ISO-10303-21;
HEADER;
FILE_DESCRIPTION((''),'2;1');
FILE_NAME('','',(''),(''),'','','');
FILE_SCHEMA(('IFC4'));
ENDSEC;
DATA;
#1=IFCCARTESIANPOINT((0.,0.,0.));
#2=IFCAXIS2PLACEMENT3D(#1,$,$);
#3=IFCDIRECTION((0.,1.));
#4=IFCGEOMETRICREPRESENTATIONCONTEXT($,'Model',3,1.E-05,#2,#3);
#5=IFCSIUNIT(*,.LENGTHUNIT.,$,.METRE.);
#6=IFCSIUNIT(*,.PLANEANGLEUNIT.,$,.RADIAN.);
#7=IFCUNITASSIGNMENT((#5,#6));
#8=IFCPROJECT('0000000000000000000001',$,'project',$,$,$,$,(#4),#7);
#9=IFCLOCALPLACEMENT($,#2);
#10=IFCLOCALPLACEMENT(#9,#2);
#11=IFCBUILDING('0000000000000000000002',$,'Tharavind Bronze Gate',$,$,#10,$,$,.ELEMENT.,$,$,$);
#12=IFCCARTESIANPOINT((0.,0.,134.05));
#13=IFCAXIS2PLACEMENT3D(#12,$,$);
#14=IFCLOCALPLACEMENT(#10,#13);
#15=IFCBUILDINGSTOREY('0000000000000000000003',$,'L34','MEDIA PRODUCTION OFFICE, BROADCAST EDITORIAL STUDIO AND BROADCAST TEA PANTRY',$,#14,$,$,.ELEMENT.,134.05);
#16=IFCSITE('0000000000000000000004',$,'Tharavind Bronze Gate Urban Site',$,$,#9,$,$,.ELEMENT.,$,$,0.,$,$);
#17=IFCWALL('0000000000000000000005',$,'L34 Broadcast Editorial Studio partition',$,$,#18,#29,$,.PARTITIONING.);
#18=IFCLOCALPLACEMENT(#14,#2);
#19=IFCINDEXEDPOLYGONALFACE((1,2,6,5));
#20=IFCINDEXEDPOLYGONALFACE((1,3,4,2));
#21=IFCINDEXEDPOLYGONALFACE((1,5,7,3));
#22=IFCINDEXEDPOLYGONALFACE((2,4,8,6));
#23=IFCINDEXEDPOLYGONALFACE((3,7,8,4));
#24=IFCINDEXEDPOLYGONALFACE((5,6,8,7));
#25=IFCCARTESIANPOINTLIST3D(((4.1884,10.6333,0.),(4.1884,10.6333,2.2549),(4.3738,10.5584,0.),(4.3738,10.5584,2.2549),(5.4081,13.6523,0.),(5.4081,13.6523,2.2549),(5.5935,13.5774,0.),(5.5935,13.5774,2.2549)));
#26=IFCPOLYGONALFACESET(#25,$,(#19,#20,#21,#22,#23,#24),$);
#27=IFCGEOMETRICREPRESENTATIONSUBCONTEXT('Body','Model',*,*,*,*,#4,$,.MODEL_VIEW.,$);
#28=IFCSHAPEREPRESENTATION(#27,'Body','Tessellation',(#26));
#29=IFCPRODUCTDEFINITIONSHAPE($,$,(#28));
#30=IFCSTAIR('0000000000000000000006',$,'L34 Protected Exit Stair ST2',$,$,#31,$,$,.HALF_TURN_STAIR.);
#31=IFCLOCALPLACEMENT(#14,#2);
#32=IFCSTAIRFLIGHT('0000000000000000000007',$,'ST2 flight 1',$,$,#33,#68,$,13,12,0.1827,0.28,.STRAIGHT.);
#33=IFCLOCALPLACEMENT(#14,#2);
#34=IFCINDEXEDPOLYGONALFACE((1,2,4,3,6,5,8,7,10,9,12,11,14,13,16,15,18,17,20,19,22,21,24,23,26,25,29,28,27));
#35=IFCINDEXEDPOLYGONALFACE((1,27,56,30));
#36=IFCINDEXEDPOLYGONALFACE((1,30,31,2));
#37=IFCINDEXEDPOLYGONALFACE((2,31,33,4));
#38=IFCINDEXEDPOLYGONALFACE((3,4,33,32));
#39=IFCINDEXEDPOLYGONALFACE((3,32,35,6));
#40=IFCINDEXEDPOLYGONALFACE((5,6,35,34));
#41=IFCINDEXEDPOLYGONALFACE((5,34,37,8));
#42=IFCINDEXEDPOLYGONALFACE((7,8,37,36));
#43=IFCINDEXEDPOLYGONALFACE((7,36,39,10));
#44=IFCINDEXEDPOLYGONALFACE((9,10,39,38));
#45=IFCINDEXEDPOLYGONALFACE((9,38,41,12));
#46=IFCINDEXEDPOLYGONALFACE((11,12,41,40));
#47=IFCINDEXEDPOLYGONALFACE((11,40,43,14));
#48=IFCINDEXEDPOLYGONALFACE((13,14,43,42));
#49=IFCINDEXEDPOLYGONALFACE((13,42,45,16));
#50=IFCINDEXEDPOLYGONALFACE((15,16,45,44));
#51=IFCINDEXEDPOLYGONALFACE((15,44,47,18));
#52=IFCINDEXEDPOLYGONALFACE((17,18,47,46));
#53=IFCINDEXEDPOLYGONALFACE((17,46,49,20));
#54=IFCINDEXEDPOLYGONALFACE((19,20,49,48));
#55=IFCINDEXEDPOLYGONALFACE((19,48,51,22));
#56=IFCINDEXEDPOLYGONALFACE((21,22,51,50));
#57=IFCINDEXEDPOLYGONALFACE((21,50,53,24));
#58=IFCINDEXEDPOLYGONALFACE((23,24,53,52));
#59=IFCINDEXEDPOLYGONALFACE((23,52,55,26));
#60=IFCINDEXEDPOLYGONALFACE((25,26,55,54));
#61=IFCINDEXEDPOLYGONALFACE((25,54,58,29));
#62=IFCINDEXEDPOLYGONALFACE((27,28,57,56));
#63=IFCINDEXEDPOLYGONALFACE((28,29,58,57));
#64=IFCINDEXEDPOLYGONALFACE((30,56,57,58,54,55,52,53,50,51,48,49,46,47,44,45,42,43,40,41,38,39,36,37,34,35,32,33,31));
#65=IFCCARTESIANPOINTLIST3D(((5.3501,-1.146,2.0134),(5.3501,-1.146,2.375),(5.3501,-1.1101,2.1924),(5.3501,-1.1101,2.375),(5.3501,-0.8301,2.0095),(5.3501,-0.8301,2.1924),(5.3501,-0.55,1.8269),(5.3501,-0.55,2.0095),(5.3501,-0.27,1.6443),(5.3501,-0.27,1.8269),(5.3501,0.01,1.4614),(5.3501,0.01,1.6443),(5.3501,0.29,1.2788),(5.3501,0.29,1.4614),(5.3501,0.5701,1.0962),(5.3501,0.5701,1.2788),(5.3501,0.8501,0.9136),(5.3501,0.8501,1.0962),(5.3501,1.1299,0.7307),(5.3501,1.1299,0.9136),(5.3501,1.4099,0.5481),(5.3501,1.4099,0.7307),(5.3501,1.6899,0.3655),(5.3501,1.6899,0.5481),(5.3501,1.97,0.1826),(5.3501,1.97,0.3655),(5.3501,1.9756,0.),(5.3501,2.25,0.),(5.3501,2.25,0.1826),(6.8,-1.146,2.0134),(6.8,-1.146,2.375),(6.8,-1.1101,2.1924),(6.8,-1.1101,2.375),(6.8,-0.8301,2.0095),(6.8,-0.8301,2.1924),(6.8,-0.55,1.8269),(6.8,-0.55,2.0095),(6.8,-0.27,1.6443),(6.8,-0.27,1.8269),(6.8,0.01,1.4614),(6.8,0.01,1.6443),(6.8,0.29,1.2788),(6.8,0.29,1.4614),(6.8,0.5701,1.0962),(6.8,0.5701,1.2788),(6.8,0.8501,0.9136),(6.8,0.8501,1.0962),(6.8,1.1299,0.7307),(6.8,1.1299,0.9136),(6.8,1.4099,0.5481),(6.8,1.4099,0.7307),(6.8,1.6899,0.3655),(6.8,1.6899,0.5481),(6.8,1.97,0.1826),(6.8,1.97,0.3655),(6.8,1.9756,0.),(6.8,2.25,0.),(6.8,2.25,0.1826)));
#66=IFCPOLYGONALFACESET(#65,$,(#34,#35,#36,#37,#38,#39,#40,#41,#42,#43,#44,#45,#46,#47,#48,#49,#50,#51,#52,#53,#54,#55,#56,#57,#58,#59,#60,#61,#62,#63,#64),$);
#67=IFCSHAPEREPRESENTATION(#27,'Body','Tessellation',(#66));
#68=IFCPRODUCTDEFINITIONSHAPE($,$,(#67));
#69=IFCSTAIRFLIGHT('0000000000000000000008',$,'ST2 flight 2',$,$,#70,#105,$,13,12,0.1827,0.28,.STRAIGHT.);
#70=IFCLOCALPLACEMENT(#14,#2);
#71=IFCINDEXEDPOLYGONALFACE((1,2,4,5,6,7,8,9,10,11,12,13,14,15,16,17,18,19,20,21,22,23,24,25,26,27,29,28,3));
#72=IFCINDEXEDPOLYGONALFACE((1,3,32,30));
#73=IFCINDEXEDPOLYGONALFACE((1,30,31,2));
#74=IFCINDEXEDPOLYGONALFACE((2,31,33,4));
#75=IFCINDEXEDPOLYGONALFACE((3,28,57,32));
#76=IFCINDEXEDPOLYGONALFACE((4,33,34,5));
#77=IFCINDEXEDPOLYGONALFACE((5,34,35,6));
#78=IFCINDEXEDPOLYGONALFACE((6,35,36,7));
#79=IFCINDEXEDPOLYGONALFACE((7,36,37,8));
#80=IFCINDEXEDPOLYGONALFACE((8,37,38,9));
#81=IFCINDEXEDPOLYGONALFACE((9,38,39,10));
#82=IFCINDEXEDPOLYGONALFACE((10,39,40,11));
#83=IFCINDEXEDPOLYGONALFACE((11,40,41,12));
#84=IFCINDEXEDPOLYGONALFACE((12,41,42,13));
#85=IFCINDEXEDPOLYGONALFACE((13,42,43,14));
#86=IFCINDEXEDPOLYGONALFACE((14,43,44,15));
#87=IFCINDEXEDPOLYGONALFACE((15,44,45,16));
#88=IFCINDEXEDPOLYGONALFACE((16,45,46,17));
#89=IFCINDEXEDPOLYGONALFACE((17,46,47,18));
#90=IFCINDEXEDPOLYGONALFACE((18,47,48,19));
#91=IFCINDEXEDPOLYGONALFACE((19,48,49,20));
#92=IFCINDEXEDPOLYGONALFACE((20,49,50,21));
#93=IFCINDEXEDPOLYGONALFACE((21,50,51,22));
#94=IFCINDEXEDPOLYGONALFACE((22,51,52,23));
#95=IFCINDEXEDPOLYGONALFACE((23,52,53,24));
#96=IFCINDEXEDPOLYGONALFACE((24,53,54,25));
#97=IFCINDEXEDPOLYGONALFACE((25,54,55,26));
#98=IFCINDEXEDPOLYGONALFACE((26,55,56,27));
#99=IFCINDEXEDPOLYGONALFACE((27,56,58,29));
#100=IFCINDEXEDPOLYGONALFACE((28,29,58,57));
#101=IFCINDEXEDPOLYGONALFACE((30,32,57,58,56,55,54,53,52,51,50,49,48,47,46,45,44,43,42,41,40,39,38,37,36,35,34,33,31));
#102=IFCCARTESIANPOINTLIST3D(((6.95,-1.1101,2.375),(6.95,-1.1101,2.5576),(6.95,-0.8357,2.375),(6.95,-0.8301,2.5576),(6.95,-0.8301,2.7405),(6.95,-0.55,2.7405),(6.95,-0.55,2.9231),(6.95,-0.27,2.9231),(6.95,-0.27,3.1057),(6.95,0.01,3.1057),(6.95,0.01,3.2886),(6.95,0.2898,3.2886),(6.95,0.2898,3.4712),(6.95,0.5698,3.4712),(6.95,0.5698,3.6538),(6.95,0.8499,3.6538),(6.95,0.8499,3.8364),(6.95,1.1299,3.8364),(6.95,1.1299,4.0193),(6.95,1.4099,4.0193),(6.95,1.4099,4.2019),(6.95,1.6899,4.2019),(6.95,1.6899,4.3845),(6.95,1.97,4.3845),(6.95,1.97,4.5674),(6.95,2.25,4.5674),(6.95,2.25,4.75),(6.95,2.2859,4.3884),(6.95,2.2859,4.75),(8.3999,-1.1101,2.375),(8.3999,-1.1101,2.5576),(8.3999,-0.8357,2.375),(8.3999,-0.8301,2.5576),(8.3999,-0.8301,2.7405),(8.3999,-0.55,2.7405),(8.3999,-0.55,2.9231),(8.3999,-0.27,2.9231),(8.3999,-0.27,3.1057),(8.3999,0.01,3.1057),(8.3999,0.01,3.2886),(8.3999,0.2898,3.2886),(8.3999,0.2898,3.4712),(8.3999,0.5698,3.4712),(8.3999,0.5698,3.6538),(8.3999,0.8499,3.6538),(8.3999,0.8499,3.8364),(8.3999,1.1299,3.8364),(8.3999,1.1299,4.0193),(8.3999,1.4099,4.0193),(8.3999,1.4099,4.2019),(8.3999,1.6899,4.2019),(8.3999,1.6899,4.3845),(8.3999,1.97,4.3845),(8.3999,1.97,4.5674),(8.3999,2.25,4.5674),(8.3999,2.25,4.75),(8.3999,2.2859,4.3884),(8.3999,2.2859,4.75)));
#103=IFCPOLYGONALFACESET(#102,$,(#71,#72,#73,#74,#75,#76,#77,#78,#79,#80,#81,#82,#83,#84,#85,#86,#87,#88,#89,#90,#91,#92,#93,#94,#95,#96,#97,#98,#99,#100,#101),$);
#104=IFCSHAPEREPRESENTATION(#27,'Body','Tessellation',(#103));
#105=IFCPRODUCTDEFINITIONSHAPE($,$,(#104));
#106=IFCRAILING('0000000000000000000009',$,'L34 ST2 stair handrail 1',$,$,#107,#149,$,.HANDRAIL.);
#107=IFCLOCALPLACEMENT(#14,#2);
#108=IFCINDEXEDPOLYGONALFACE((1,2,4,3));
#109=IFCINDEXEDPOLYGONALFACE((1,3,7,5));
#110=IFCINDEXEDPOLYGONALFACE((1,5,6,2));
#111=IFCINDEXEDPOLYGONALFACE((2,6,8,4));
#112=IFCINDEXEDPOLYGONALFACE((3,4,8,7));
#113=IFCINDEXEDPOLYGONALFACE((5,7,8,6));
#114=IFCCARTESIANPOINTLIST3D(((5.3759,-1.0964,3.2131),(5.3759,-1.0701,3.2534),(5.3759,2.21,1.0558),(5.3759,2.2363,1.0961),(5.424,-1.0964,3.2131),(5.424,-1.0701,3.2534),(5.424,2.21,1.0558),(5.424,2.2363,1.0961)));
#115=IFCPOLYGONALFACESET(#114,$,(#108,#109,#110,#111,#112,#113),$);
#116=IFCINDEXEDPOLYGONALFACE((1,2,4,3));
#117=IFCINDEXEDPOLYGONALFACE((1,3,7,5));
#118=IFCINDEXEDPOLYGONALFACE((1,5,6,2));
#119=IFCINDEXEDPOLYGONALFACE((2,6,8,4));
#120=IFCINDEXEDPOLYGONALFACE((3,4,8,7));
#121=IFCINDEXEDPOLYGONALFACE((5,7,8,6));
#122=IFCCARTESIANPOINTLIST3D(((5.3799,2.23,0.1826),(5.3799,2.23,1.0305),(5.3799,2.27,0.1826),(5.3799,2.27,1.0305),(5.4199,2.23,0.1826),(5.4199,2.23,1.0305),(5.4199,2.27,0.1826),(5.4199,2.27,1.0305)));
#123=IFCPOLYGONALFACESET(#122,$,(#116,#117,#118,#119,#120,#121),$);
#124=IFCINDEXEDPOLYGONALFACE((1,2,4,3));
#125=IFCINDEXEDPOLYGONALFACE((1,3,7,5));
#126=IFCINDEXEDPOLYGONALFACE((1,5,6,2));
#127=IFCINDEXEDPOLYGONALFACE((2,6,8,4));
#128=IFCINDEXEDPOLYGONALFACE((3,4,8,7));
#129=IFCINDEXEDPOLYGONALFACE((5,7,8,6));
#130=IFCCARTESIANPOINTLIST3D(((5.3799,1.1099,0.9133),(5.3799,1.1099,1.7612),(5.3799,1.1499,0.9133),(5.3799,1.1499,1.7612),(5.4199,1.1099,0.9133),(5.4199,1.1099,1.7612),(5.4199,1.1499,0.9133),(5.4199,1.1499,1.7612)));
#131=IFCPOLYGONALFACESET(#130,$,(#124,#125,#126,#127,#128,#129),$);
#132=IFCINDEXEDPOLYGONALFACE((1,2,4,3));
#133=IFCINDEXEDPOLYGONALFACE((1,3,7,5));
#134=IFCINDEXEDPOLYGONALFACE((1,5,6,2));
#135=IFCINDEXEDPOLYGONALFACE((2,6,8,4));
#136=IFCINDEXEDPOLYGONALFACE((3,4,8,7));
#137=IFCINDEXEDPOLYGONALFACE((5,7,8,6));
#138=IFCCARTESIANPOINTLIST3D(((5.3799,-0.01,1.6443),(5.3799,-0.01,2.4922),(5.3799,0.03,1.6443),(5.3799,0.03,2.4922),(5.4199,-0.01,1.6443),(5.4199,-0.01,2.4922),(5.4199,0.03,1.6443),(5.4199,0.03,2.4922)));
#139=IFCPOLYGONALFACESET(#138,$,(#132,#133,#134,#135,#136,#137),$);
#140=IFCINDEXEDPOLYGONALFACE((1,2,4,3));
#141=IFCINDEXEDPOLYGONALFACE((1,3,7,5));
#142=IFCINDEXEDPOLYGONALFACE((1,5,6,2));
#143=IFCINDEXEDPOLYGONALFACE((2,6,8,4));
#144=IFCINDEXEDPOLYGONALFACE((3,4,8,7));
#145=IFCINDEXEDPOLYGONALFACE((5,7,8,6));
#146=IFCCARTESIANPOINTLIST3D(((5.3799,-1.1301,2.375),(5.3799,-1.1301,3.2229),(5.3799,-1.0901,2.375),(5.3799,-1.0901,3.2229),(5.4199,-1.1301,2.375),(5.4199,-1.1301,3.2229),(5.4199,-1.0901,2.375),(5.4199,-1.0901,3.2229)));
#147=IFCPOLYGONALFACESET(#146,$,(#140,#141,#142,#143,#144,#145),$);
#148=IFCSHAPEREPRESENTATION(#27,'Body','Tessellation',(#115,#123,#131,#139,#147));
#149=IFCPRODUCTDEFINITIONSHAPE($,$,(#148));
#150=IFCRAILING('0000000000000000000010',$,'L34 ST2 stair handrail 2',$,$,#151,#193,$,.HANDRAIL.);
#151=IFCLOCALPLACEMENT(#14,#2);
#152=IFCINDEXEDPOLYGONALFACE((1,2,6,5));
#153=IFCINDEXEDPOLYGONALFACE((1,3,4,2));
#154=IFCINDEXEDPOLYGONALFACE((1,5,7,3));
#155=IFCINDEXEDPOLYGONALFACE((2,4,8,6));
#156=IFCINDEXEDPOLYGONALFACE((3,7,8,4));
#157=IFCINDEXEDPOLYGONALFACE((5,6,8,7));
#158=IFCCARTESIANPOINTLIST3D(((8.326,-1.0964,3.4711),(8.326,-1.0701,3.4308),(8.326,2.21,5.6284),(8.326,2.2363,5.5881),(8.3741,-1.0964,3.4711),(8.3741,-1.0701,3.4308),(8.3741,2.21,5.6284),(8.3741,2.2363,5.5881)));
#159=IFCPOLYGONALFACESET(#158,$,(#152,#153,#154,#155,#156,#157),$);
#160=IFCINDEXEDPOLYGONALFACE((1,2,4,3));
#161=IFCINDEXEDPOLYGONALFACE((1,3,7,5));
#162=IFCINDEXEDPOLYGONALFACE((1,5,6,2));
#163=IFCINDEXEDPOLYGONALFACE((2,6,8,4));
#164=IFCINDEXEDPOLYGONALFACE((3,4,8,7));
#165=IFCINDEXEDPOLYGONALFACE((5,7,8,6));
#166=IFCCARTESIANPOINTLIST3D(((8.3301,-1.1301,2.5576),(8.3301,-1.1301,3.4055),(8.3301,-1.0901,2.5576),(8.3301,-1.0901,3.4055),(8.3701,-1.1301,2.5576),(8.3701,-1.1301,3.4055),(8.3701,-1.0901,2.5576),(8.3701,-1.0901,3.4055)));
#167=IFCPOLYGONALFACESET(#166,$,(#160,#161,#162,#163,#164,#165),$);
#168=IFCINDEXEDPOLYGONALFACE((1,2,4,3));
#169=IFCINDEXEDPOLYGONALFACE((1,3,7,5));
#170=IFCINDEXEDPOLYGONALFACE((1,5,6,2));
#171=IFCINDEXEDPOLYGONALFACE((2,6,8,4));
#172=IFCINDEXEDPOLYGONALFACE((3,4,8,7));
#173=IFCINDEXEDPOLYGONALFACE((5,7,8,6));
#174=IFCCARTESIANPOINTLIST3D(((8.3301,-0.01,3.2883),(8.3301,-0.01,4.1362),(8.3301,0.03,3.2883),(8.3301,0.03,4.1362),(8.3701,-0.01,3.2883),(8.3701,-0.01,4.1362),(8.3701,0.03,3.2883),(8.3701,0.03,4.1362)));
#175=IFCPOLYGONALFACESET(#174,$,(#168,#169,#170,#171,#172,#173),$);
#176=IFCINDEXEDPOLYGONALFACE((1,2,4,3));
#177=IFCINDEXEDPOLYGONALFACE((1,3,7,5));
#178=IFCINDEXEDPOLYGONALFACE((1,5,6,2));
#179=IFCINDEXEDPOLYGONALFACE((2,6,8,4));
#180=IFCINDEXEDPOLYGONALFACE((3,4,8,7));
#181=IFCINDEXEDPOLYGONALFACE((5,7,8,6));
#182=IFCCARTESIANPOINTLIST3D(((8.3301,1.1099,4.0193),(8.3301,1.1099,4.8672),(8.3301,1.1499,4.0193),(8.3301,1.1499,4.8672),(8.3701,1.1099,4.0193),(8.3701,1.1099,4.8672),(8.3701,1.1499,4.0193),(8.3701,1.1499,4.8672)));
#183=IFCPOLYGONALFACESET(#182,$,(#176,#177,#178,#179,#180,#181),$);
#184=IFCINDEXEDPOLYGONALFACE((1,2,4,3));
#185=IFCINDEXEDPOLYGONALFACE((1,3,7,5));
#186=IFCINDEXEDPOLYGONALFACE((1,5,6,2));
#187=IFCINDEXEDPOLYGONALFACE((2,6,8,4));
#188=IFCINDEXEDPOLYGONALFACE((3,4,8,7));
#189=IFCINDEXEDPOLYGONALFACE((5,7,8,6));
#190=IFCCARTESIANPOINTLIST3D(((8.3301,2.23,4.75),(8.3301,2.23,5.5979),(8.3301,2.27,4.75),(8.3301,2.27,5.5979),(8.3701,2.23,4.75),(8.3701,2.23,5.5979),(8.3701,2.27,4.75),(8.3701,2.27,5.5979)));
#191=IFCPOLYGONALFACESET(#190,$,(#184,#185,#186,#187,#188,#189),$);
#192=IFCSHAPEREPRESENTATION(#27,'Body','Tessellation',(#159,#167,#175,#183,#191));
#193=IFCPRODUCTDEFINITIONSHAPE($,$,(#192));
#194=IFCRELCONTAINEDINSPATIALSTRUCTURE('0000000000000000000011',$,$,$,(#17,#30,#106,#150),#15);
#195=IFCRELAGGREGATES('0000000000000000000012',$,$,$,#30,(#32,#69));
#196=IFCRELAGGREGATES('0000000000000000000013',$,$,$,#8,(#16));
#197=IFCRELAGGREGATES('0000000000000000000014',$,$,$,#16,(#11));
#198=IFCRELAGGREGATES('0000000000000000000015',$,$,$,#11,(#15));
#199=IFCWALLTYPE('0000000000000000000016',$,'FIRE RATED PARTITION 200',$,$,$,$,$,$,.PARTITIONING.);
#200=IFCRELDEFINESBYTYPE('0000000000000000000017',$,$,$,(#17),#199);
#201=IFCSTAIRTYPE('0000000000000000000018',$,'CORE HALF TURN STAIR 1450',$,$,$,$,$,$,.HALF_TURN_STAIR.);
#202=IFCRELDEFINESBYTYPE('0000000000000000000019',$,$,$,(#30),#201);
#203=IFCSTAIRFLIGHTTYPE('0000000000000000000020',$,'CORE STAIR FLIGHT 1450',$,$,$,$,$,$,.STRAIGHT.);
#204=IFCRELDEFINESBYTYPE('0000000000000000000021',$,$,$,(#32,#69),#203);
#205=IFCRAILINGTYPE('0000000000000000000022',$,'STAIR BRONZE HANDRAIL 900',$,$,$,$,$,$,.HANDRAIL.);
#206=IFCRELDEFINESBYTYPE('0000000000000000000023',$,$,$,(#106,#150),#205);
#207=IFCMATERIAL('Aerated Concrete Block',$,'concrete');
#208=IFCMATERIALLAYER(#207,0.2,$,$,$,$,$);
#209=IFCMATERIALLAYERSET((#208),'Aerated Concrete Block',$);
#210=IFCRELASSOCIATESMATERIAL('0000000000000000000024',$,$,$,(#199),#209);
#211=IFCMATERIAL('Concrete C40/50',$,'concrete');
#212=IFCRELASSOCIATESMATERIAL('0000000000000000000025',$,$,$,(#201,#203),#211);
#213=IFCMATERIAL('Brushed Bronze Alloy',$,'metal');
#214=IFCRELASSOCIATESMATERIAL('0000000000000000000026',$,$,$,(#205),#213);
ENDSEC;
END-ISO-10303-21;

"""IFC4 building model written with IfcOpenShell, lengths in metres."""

from ifc_helpers import new_model, si_unit, direction, frame, frame_2d, origin, origin_2d, place, context, subcontext, project, spatial, polyline, rectangle, outline, extrude, material, layer, layer_set, type_object, element, aggregate, save


model = new_model("IFC4")

# Units and contexts
model_context = context("Model", 3, precision=1e-05, world=origin(), true_north=direction((0.0, 1.0)))
body_context = subcontext(model_context, "Body", "Model", "MODEL_VIEW")
ifc_project = project(units=[si_unit("LENGTHUNIT", "METRE"), si_unit("PLANEANGLEUNIT", "RADIAN")], contexts=[model_context])

# Site, building, storey
site_placement = place(None, origin())
site = spatial("IfcSite", under=ifc_project, at=site_placement, Name="Tharavind Bronze Gate Urban Site", CompositionType="ELEMENT", RefElevation=0.0)
building_placement = place(site_placement, origin())
building = spatial("IfcBuilding", under=site, at=building_placement, Name="Tharavind Bronze Gate", CompositionType="ELEMENT")
storey_placement = place(building_placement, frame((0.0, 0.0, 134.05)))
storey = spatial("IfcBuildingStorey", under=building, at=storey_placement, Name="L34", Description="MEDIA PRODUCTION OFFICE, BROADCAST EDITORIAL STUDIO AND BROADCAST TEA PANTRY", CompositionType="ELEMENT", Elevation=134.05)

# Shared definitions
ifc_material_1 = material(Name="Aerated Concrete Block", Category="concrete")
ifc_layer_1 = layer(ifc_material_1, 0.2)
ifc_layer_set_1 = layer_set([ifc_layer_1], Name="Aerated Concrete Block")
wall_type_1 = type_object("IfcWallType", Name="FIRE RATED PARTITION 200", PredefinedType="PARTITIONING", material=ifc_layer_set_1)

# Wall
wall_1_placement = place(storey_placement, frame((5.5007, 13.6147, 0.0), z_axis=(0.0, 0.0, 1.0), x_axis=(-0.374594, -0.927189, 0.0)))
element("IfcWall", 1, at=wall_1_placement, inside=storey, type_object=wall_type_1, Name="L34 Broadcast Editorial Studio partition", PredefinedType="PARTITIONING", context=body_context, shape_type="SweptSolid", body=[
    extrude(rectangle(XDim=3.2561, YDim=0.2, at=frame_2d((1.6279, 0.0))), origin(), (0.0, 0.0, 1.0), 2.2549),
])

# Stair, stair flights
ifc_material_2 = material(Name="Concrete C40/50", Category="concrete")
stair_type = type_object("IfcStairType", Name="CORE HALF TURN STAIR 1450", PredefinedType="HALF_TURN_STAIR", material=ifc_material_2)
stair_placement = place(storey_placement, origin())
stair = element("IfcStair", 2, at=stair_placement, inside=storey, type_object=stair_type, Name="L34 Protected Exit Stair ST2", PredefinedType="HALF_TURN_STAIR")
stair_flight_type = type_object("IfcStairFlightType", Name="CORE STAIR FLIGHT 1450", PredefinedType="STRAIGHT", material=ifc_material_2)
stair_flight_1_placement = place(storey_placement, frame((6.075, 2.25, 0.0), z_axis=(0.0, 0.0, 1.0), x_axis=(0.0, -1.0, 0.0)))
stair_flight_1 = element("IfcStairFlight", 3, at=stair_flight_1_placement, type_object=stair_flight_type, Name="ST2 flight 1", NumberOfRisers=13, NumberOfTreads=12, PredefinedType="STRAIGHT", RiserHeight=0.1827, TreadLength=0.28, context=body_context, shape_type="SweptSolid", body=[
    extrude(outline(polyline([(0.0, 0.0), (0.0, 0.1826), (0.28, 0.1826), (0.28, 0.3655), (0.5601, 0.3655), (0.5601, 0.5481), (0.8401, 0.5481), (0.8401, 0.7307), (1.1201, 0.7307), (1.1201, 0.9136), (1.3999, 0.9136), (1.3999, 1.0962), (1.6799, 1.0962), (1.6799, 1.2788), (1.96, 1.2788), (1.96, 1.4614), (2.24, 1.4614), (2.24, 1.6443), (2.52, 1.6443), (2.52, 1.8269), (2.8, 1.8269), (2.8, 2.0095), (3.0801, 2.0095), (3.0801, 2.1924), (3.3601, 2.1924), (3.3601, 2.375), (3.396, 2.375), (3.396, 2.0134), (0.2744, 0.0), (0.0, 0.0)])), frame((0.0, 0.7251, 0.0), z_axis=(0.0, -1.0, 0.0), x_axis=(1.0, 0.0, 0.0)), (0.0, 0.0, 1.0), 1.45),
])
stair_flight_2_placement = place(storey_placement, frame((7.675, -1.1101, 2.375), z_axis=(0.0, 0.0, 1.0), x_axis=(0.0, 1.0, 0.0)))
stair_flight_2 = element("IfcStairFlight", 4, at=stair_flight_2_placement, type_object=stair_flight_type, Name="ST2 flight 2", NumberOfRisers=13, NumberOfTreads=12, PredefinedType="STRAIGHT", RiserHeight=0.1827, TreadLength=0.28, context=body_context, shape_type="SweptSolid", body=[
    extrude(outline(polyline([(0.0, 0.0), (0.0, 0.1826), (0.28, 0.1826), (0.28, 0.3655), (0.5601, 0.3655), (0.5601, 0.5481), (0.8401, 0.5481), (0.8401, 0.7307), (1.1201, 0.7307), (1.1201, 0.9136), (1.3999, 0.9136), (1.3999, 1.0962), (1.6799, 1.0962), (1.6799, 1.2788), (1.96, 1.2788), (1.96, 1.4614), (2.24, 1.4614), (2.24, 1.6443), (2.52, 1.6443), (2.52, 1.8269), (2.8, 1.8269), (2.8, 2.0095), (3.0801, 2.0095), (3.0801, 2.1924), (3.3601, 2.1924), (3.3601, 2.375), (3.396, 2.375), (3.396, 2.0134), (0.2744, 0.0), (0.0, 0.0)])), frame((0.0, 0.7251, 0.0), z_axis=(0.0, -1.0, 0.0), x_axis=(1.0, 0.0, 0.0)), (0.0, 0.0, 1.0), 1.45),
])
aggregate(stair, [stair_flight_1, stair_flight_2])

# Railings
ifc_material_3 = material(Name="Brushed Bronze Alloy", Category="metal")
railing_type_1 = type_object("IfcRailingType", Name="STAIR BRONZE HANDRAIL 900", PredefinedType="HANDRAIL", material=ifc_material_3)
railing_1_placement = place(storey_placement, frame((5.3999, 2.25, 0.1826)))
element("IfcRailing", 5, at=railing_1_placement, inside=storey, type_object=railing_type_1, Name="L34 ST2 stair handrail 1", PredefinedType="HANDRAIL", context=body_context, shape_type="SweptSolid", body=[
    extrude(rectangle(XDim=0.0481, YDim=0.0481, at=origin_2d()), frame((0.0, -0.0269, 0.8933), z_axis=(0.0, -0.837496, 0.546444), x_axis=(1.0, 0.0, 0.0)), (0.0, 0.0, 1.0), 3.948),
    extrude(rectangle(XDim=0.04, YDim=0.04, at=origin_2d()), origin(), (0.0, 0.0, 1.0), 0.8479),
    extrude(rectangle(XDim=0.04, YDim=0.04, at=origin_2d()), frame((0.0, -1.1201, 0.7307)), (0.0, 0.0, 1.0), 0.8479),
    extrude(rectangle(XDim=0.04, YDim=0.04, at=origin_2d()), frame((0.0, -2.24, 1.4617)), (0.0, 0.0, 1.0), 0.8479),
    extrude(rectangle(XDim=0.04, YDim=0.04, at=origin_2d()), frame((0.0, -3.3601, 2.1924)), (0.0, 0.0, 1.0), 0.8479),
])
railing_2_placement = place(storey_placement, frame((8.3501, -1.1101, 2.5576)))
element("IfcRailing", 6, at=railing_2_placement, inside=storey, type_object=railing_type_1, Name="L34 ST2 stair handrail 2", PredefinedType="HANDRAIL", context=body_context, shape_type="SweptSolid", body=[
    extrude(rectangle(XDim=0.0481, YDim=0.0481, at=origin_2d()), frame((0.0, 0.0269, 0.8933), z_axis=(0.0, 0.837496, 0.546444), x_axis=(-1.0, 0.0, 0.0)), (0.0, 0.0, 1.0), 3.948),
    extrude(rectangle(XDim=0.04, YDim=0.04, at=origin_2d()), origin(), (0.0, 0.0, 1.0), 0.8479),
    extrude(rectangle(XDim=0.04, YDim=0.04, at=origin_2d()), frame((0.0, 1.1201, 0.7307)), (0.0, 0.0, 1.0), 0.8479),
    extrude(rectangle(XDim=0.04, YDim=0.04, at=origin_2d()), frame((0.0, 2.24, 1.4617)), (0.0, 0.0, 1.0), 0.8479),
    extrude(rectangle(XDim=0.04, YDim=0.04, at=origin_2d()), frame((0.0, 3.3601, 2.1924)), (0.0, 0.0, 1.0), 0.8479),
])

save(model, "model.ifc")
